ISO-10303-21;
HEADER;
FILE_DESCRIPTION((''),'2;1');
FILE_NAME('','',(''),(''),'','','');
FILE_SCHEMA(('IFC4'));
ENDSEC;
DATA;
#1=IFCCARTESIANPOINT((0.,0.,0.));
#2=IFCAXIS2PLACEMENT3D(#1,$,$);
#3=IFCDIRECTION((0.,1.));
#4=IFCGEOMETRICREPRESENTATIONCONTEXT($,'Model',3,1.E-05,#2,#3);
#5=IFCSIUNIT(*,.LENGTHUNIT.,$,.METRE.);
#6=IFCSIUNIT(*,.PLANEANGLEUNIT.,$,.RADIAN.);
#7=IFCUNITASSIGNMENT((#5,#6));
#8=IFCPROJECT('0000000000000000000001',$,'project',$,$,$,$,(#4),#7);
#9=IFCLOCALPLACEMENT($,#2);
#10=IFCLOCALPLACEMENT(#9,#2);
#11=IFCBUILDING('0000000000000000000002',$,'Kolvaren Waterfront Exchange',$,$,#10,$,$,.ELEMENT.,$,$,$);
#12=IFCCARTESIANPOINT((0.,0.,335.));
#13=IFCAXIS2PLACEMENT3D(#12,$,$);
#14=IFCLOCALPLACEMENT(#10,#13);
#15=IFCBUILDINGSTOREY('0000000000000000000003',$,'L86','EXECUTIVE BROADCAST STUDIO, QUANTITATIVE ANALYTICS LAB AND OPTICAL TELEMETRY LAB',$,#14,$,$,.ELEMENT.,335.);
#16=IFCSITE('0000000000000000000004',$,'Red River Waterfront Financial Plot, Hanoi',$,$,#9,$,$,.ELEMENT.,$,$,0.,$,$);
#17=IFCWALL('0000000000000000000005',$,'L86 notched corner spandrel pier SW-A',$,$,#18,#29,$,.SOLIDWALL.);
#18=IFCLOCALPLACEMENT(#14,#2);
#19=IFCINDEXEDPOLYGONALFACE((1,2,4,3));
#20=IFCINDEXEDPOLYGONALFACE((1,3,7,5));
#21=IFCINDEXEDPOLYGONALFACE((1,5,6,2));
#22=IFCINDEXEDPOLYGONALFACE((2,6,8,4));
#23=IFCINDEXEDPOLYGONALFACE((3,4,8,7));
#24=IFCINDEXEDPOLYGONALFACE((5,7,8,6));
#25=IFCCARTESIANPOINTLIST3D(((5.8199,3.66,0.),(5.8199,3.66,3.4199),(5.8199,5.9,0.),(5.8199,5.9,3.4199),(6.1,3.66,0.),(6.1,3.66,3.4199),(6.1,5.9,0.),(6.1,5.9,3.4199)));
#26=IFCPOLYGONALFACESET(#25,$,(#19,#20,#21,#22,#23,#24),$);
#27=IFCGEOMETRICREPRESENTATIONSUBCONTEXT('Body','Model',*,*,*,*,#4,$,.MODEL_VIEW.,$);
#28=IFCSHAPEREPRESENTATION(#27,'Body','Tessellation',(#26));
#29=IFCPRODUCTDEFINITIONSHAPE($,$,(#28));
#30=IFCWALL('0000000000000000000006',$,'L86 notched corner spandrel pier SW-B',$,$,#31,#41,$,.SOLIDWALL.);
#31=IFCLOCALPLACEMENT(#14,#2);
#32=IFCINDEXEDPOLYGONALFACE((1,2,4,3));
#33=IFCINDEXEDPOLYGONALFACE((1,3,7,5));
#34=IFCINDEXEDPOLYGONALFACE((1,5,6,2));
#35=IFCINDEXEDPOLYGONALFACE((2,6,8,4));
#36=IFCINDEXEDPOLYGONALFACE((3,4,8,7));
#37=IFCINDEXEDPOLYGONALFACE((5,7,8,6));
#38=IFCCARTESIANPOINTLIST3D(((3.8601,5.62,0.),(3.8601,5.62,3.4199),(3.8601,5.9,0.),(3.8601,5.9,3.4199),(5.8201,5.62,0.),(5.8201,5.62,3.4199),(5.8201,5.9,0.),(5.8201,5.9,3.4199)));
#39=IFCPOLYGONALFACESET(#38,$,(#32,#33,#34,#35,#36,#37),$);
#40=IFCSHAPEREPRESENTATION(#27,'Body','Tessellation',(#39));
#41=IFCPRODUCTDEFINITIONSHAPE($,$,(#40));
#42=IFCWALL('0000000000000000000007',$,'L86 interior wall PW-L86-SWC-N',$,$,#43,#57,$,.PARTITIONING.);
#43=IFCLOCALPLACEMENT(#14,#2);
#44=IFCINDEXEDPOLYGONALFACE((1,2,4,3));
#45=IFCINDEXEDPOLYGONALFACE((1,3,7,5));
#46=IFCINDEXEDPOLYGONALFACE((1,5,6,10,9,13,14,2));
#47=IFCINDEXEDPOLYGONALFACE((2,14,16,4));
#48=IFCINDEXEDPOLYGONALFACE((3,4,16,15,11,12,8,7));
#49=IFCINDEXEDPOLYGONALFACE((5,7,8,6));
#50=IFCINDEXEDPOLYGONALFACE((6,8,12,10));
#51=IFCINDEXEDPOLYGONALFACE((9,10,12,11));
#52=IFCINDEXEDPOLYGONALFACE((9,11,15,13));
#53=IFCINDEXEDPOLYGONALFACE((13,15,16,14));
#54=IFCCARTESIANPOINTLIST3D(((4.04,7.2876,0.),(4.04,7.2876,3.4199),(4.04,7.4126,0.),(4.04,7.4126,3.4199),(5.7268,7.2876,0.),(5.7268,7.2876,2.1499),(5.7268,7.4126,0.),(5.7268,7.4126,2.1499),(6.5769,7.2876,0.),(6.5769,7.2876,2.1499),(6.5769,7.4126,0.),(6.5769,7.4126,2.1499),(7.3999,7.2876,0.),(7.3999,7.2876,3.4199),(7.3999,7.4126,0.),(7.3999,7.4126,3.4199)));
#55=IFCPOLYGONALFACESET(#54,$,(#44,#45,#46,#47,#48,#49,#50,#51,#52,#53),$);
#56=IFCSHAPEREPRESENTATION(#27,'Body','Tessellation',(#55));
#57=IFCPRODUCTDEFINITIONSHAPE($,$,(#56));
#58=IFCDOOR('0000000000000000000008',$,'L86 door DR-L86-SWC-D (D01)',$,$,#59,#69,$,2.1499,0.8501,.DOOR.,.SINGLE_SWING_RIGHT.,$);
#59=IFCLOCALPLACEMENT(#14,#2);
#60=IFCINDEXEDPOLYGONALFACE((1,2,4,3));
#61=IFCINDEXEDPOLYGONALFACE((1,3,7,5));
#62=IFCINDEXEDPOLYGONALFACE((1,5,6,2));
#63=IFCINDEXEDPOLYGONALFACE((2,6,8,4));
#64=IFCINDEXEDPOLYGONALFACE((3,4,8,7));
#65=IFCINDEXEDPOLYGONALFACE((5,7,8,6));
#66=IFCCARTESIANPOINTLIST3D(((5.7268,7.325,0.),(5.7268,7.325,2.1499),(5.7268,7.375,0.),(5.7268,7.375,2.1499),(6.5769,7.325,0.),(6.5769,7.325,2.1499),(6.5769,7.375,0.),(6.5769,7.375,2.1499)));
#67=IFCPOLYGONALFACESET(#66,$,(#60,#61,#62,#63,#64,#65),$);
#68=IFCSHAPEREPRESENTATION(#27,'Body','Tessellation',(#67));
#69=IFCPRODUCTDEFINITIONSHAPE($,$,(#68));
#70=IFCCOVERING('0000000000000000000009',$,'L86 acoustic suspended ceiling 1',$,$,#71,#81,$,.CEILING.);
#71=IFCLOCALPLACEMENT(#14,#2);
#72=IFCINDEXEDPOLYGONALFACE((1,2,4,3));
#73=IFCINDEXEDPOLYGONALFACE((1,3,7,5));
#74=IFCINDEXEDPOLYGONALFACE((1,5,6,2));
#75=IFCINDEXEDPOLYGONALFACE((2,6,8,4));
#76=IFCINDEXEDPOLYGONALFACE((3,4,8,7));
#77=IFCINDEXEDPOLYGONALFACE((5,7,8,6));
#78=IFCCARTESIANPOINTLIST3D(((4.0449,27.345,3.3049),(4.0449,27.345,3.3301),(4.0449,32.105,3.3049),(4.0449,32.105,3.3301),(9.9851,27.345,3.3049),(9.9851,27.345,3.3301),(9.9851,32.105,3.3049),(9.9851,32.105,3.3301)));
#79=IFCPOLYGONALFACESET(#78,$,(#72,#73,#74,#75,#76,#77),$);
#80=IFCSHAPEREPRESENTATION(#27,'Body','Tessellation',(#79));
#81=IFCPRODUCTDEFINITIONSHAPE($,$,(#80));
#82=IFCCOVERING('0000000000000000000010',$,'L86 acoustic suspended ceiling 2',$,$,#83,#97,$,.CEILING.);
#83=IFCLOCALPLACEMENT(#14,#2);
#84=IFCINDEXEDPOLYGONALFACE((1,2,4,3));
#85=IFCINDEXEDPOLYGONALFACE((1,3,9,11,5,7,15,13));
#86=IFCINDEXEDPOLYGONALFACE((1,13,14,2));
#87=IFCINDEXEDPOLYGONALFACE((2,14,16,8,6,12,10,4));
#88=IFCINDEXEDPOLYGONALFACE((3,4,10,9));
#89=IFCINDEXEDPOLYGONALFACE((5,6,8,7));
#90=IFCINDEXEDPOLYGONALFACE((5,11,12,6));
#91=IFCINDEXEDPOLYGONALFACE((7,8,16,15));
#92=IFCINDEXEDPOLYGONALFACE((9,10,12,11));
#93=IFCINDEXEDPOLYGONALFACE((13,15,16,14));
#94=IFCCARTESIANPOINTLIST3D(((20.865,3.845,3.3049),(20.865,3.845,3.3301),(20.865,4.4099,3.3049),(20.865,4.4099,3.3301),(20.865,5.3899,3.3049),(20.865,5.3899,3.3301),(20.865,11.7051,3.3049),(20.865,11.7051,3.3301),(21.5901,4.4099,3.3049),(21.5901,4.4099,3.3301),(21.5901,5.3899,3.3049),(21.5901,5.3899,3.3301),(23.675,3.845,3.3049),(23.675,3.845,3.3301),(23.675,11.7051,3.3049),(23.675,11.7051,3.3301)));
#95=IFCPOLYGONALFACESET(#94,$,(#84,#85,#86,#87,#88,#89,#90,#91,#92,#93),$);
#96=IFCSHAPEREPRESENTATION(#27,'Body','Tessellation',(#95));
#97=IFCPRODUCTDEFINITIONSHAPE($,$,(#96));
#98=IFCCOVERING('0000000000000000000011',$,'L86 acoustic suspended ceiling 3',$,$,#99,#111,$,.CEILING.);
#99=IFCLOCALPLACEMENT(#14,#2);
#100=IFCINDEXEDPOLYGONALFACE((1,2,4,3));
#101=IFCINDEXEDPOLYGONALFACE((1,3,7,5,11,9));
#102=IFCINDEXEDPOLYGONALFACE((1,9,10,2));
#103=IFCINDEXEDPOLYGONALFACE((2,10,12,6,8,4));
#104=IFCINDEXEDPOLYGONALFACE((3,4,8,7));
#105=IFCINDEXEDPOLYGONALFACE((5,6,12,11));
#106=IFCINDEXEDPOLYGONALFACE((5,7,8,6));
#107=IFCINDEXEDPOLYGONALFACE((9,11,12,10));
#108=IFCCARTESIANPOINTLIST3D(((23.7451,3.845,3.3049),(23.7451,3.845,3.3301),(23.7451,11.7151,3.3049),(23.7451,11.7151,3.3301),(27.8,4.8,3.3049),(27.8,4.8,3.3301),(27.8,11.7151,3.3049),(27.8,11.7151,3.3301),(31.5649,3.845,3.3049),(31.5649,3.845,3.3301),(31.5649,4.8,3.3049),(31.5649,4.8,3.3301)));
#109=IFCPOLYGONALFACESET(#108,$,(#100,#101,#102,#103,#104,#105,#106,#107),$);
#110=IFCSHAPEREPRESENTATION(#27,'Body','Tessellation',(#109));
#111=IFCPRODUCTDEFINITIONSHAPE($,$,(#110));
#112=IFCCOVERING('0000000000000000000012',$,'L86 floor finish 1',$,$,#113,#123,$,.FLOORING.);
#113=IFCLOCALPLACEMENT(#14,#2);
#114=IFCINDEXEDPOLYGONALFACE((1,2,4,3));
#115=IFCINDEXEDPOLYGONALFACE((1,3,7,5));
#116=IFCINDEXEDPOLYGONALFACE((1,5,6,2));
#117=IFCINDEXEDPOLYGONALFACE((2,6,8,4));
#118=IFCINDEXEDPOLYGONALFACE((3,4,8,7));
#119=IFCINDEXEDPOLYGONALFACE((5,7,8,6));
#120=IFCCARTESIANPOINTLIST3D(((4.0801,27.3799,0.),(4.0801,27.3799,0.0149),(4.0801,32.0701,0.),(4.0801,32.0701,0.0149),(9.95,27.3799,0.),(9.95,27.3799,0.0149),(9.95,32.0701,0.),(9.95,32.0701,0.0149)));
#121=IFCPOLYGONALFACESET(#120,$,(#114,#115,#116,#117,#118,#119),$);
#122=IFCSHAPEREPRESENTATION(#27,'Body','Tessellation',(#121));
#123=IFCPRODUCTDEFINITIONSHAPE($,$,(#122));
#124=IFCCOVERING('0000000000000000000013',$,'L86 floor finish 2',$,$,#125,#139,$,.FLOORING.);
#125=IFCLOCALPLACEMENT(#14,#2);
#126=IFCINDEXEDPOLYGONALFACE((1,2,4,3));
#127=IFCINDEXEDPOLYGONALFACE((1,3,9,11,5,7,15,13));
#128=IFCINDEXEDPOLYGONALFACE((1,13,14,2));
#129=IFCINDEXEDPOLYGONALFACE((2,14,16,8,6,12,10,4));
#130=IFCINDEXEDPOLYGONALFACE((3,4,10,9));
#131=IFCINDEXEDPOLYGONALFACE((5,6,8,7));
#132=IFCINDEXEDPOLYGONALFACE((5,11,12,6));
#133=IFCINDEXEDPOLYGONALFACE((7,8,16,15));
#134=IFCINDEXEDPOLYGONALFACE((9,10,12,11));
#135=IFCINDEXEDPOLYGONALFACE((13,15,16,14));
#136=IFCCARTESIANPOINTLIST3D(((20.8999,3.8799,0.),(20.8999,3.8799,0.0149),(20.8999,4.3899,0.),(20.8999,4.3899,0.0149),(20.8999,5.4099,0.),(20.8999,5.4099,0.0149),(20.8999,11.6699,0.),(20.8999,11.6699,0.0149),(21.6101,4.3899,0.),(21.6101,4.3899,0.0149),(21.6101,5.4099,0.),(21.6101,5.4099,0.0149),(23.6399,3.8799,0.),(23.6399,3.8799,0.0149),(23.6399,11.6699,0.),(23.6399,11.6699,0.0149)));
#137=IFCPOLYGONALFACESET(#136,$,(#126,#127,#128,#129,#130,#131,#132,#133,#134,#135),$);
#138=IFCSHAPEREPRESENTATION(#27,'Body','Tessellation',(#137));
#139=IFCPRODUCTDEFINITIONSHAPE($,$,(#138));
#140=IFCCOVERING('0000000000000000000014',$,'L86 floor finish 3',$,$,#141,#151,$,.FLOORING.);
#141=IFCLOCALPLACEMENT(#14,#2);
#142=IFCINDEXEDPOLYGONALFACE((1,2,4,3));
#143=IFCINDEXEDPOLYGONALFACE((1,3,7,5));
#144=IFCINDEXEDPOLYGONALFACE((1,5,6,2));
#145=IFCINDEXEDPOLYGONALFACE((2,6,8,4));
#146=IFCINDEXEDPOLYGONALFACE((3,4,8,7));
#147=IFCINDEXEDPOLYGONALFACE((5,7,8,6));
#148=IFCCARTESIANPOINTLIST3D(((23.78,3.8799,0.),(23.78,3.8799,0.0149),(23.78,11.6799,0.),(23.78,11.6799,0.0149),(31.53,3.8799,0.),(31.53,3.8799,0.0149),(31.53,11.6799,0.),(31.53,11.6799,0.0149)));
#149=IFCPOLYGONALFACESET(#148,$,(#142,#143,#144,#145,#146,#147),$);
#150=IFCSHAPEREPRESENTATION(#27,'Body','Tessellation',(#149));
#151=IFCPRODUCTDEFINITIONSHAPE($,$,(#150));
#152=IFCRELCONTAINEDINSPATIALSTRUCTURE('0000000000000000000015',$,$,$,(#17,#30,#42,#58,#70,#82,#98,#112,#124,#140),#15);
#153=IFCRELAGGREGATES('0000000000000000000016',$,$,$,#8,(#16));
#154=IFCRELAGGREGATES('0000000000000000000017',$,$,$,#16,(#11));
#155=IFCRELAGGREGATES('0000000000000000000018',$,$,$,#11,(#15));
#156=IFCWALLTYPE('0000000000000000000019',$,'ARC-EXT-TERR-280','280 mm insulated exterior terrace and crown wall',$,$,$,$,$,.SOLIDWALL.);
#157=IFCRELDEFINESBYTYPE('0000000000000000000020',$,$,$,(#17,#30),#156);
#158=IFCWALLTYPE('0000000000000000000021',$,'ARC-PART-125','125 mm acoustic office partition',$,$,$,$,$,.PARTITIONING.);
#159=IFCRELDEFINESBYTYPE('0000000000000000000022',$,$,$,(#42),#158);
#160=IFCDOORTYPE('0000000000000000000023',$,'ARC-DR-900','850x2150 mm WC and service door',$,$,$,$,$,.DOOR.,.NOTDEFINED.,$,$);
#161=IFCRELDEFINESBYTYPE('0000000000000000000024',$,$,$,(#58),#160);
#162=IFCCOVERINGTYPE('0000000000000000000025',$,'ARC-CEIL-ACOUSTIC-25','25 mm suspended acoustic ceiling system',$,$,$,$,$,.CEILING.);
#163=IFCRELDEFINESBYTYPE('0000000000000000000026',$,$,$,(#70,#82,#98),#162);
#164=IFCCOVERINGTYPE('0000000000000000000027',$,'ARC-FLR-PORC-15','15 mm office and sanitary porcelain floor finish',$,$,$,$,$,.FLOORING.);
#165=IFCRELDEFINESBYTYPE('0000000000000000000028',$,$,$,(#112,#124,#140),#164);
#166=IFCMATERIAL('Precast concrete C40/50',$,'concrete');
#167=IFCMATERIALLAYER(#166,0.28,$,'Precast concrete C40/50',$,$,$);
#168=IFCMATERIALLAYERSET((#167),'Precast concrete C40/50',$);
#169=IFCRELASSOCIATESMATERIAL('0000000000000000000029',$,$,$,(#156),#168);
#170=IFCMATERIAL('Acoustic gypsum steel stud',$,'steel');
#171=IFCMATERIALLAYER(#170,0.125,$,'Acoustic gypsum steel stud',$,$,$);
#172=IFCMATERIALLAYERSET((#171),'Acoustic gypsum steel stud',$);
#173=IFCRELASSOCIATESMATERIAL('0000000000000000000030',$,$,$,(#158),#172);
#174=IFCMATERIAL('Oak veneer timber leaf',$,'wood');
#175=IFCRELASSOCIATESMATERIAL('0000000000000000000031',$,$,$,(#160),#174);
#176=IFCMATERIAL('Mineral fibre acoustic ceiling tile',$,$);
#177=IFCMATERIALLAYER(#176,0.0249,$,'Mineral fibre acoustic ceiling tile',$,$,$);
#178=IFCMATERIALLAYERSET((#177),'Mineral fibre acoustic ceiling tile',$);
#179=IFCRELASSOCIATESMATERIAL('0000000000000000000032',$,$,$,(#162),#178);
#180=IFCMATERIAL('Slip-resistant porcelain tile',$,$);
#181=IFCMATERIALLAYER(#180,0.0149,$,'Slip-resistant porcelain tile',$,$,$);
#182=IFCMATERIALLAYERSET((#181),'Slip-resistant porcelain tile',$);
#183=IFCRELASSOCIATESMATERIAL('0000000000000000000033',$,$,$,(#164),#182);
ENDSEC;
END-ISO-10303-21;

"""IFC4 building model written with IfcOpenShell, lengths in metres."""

from ifc_helpers import new_model, si_unit, direction, frame, frame_2d, origin, place, context, subcontext, project, spatial, polyline, rectangle, outline, extrude, material, layer, layer_set, type_object, element, fill, save


model = new_model("IFC4")

# Units and contexts
model_context = context("Model", 3, precision=1e-05, world=origin(), true_north=direction((0.0, 1.0)))
body_context = subcontext(model_context, "Body", "Model", "MODEL_VIEW")
ifc_project = project(units=[si_unit("LENGTHUNIT", "METRE"), si_unit("PLANEANGLEUNIT", "RADIAN")], contexts=[model_context])

# Site, building, storey
site_placement = place(None, origin())
site = spatial("IfcSite", under=ifc_project, at=site_placement, Name="Red River Waterfront Financial Plot, Hanoi", CompositionType="ELEMENT", RefElevation=0.0)
building_placement = place(site_placement, origin())
building = spatial("IfcBuilding", under=site, at=building_placement, Name="Kolvaren Waterfront Exchange", CompositionType="ELEMENT")
storey_placement = place(building_placement, frame((0.0, 0.0, 335.0)))
storey = spatial("IfcBuildingStorey", under=building, at=storey_placement, Name="L86", Description="EXECUTIVE BROADCAST STUDIO, QUANTITATIVE ANALYTICS LAB AND OPTICAL TELEMETRY LAB", CompositionType="ELEMENT", Elevation=335.0)

# Walls
ifc_material_1 = material(Name="Precast concrete C40/50", Category="concrete")
ifc_layer_1 = layer(ifc_material_1, 0.28, Name="Precast concrete C40/50")
ifc_layer_set_1 = layer_set([ifc_layer_1], Name="Precast concrete C40/50")
wall_type_1 = type_object("IfcWallType", Name="ARC-EXT-TERR-280", Description="280 mm insulated exterior terrace and crown wall", PredefinedType="SOLIDWALL", material=ifc_layer_set_1)
wall_1_placement = place(storey_placement, frame((5.96, 3.6599, 0.0), z_axis=(0.0, 0.0, 1.0), x_axis=(0.0, 1.0, 0.0)))
element("IfcWall", 1, at=wall_1_placement, inside=storey, type_object=wall_type_1, Name="L86 notched corner spandrel pier SW-A", PredefinedType="SOLIDWALL", context=body_context, shape_type="SweptSolid", body=[
    extrude(rectangle(XDim=2.24, YDim=0.28, at=frame_2d((1.1201, 0.0))), origin(), (0.0, 0.0, 1.0), 3.4199),
])
wall_2_placement = place(storey_placement, frame((3.8601, 5.76, 0.0), z_axis=(0.0, 0.0, 1.0), x_axis=(1.0, 0.0, 0.0)))
element("IfcWall", 2, at=wall_2_placement, inside=storey, type_object=wall_type_1, Name="L86 notched corner spandrel pier SW-B", PredefinedType="SOLIDWALL", context=body_context, shape_type="SweptSolid", body=[
    extrude(rectangle(XDim=1.96, YDim=0.28, at=frame_2d((0.98, 0.0))), origin(), (0.0, 0.0, 1.0), 3.4199),
])

# Wall, opening, door
ifc_material_2 = material(Name="Acoustic gypsum steel stud", Category="steel")
ifc_layer_2 = layer(ifc_material_2, 0.125, Name="Acoustic gypsum steel stud")
ifc_layer_set_2 = layer_set([ifc_layer_2], Name="Acoustic gypsum steel stud")
wall_type_2 = type_object("IfcWallType", Name="ARC-PART-125", Description="125 mm acoustic office partition", PredefinedType="PARTITIONING", material=ifc_layer_set_2)
wall_3_placement = place(storey_placement, frame((4.04, 7.3501, 0.0), z_axis=(0.0, 0.0, 1.0), x_axis=(1.0, 0.0, 0.0)))
wall_3 = element("IfcWall", 3, at=wall_3_placement, inside=storey, type_object=wall_type_2, Name="L86 interior wall PW-L86-SWC-N", PredefinedType="PARTITIONING", context=body_context, shape_type="SweptSolid", body=[
    extrude(rectangle(XDim=3.3599, YDim=0.125, at=frame_2d((1.6799, 0.0))), origin(), (0.0, 0.0, 1.0), 3.4199),
])
opening_placement = place(wall_3_placement, frame((1.6868, 0.0, 0.0)))
opening = element("IfcOpeningElement", 4, at=opening_placement, cuts=wall_3, PredefinedType="OPENING", context=body_context, shape_type="SweptSolid", body=[
    extrude(rectangle(XDim=0.8501, YDim=2.1499, at=frame_2d((0.425, 1.075))), frame((0.0, 0.0725, 0.0), z_axis=(0.0, -1.0, 0.0), x_axis=(1.0, 0.0, 0.0)), (0.0, 0.0, 1.0), 0.145),
])
ifc_material_3 = material(Name="Oak veneer timber leaf", Category="wood")
door_type = type_object("IfcDoorType", Name="ARC-DR-900", Description="850x2150 mm WC and service door", OperationType="NOTDEFINED", PredefinedType="DOOR", material=ifc_material_3)
door_placement = place(opening_placement, origin())
door = element("IfcDoor", 5, at=door_placement, inside=storey, type_object=door_type, Name="L86 door DR-L86-SWC-D (D01)", OperationType="SINGLE_SWING_RIGHT", OverallHeight=2.1499, OverallWidth=0.8501, PredefinedType="DOOR", context=body_context, shape_type="SweptSolid", body=[
    extrude(rectangle(XDim=0.8501, YDim=2.1499, at=frame_2d((0.425, 1.075))), frame((0.0, 0.0249, 0.0), z_axis=(0.0, -1.0, 0.0), x_axis=(1.0, 0.0, 0.0)), (0.0, 0.0, 1.0), 0.05),
])
fill(opening, door)

# Coverings
ifc_material_4 = material(Name="Mineral fibre acoustic ceiling tile")
ifc_layer_3 = layer(ifc_material_4, 0.0249, Name="Mineral fibre acoustic ceiling tile")
ifc_layer_set_3 = layer_set([ifc_layer_3], Name="Mineral fibre acoustic ceiling tile")
covering_type_1 = type_object("IfcCoveringType", Name="ARC-CEIL-ACOUSTIC-25", Description="25 mm suspended acoustic ceiling system", PredefinedType="CEILING", material=ifc_layer_set_3)
covering_1_placement = place(storey_placement, frame((0.0, 0.0, 3.3049)))
element("IfcCovering", 6, at=covering_1_placement, inside=storey, type_object=covering_type_1, Name="L86 acoustic suspended ceiling 1", PredefinedType="CEILING", context=body_context, shape_type="SweptSolid", body=[
    extrude(outline(polyline([(9.9851, 27.345), (9.9851, 32.105), (4.0449, 32.105), (4.0449, 27.345), (9.9851, 27.345)])), origin(), (0.0, 0.0, 1.0), 0.0251),
])
covering_2_placement = place(storey_placement, frame((0.0, 0.0, 3.3049)))
element("IfcCovering", 7, at=covering_2_placement, inside=storey, type_object=covering_type_1, Name="L86 acoustic suspended ceiling 2", PredefinedType="CEILING", context=body_context, shape_type="SweptSolid", body=[
    extrude(outline(polyline([(20.865, 5.3899), (21.5901, 5.3899), (21.5901, 4.4099), (20.865, 4.4099), (20.865, 3.845), (23.675, 3.845), (23.675, 11.7051), (20.865, 11.7051), (20.865, 5.3899)])), origin(), (0.0, 0.0, 1.0), 0.0251),
])
covering_3_placement = place(storey_placement, frame((0.0, 0.0, 3.3049)))
element("IfcCovering", 8, at=covering_3_placement, inside=storey, type_object=covering_type_1, Name="L86 acoustic suspended ceiling 3", PredefinedType="CEILING", context=body_context, shape_type="SweptSolid", body=[
    extrude(outline(polyline([(31.5649, 3.845), (31.5649, 4.8), (27.8, 4.8), (27.8, 11.7151), (23.7451, 11.7151), (23.7451, 3.845), (31.5649, 3.845)])), origin(), (0.0, 0.0, 1.0), 0.0251),
])
ifc_material_5 = material(Name="Slip-resistant porcelain tile")
ifc_layer_4 = layer(ifc_material_5, 0.0149, Name="Slip-resistant porcelain tile")
ifc_layer_set_4 = layer_set([ifc_layer_4], Name="Slip-resistant porcelain tile")
covering_type_2 = type_object("IfcCoveringType", Name="ARC-FLR-PORC-15", Description="15 mm office and sanitary porcelain floor finish", PredefinedType="FLOORING", material=ifc_layer_set_4)
covering_4_placement = place(storey_placement, origin())
element("IfcCovering", 9, at=covering_4_placement, inside=storey, type_object=covering_type_2, Name="L86 floor finish 1", PredefinedType="FLOORING", context=body_context, shape_type="SweptSolid", body=[
    extrude(outline(polyline([(4.0801, 32.0701), (4.0801, 27.3799), (9.95, 27.3799), (9.95, 32.0701), (4.0801, 32.0701)])), origin(), (0.0, 0.0, 1.0), 0.0149),
])
covering_5_placement = place(storey_placement, origin())
element("IfcCovering", 10, at=covering_5_placement, inside=storey, type_object=covering_type_2, Name="L86 floor finish 2", PredefinedType="FLOORING", context=body_context, shape_type="SweptSolid", body=[
    extrude(outline(polyline([(20.8999, 4.3899), (20.8999, 3.8799), (23.6399, 3.8799), (23.6399, 11.6699), (20.8999, 11.6699), (20.8999, 5.4099), (21.6101, 5.4099), (21.6101, 4.3899), (20.8999, 4.3899)])), origin(), (0.0, 0.0, 1.0), 0.0149),
])
covering_6_placement = place(storey_placement, origin())
element("IfcCovering", 11, at=covering_6_placement, inside=storey, type_object=covering_type_2, Name="L86 floor finish 3", PredefinedType="FLOORING", context=body_context, shape_type="SweptSolid", body=[
    extrude(outline(polyline([(23.78, 11.6799), (23.78, 3.8799), (31.53, 3.8799), (31.53, 11.6799), (23.78, 11.6799)])), origin(), (0.0, 0.0, 1.0), 0.0149),
])

save(model, "model.ifc")
